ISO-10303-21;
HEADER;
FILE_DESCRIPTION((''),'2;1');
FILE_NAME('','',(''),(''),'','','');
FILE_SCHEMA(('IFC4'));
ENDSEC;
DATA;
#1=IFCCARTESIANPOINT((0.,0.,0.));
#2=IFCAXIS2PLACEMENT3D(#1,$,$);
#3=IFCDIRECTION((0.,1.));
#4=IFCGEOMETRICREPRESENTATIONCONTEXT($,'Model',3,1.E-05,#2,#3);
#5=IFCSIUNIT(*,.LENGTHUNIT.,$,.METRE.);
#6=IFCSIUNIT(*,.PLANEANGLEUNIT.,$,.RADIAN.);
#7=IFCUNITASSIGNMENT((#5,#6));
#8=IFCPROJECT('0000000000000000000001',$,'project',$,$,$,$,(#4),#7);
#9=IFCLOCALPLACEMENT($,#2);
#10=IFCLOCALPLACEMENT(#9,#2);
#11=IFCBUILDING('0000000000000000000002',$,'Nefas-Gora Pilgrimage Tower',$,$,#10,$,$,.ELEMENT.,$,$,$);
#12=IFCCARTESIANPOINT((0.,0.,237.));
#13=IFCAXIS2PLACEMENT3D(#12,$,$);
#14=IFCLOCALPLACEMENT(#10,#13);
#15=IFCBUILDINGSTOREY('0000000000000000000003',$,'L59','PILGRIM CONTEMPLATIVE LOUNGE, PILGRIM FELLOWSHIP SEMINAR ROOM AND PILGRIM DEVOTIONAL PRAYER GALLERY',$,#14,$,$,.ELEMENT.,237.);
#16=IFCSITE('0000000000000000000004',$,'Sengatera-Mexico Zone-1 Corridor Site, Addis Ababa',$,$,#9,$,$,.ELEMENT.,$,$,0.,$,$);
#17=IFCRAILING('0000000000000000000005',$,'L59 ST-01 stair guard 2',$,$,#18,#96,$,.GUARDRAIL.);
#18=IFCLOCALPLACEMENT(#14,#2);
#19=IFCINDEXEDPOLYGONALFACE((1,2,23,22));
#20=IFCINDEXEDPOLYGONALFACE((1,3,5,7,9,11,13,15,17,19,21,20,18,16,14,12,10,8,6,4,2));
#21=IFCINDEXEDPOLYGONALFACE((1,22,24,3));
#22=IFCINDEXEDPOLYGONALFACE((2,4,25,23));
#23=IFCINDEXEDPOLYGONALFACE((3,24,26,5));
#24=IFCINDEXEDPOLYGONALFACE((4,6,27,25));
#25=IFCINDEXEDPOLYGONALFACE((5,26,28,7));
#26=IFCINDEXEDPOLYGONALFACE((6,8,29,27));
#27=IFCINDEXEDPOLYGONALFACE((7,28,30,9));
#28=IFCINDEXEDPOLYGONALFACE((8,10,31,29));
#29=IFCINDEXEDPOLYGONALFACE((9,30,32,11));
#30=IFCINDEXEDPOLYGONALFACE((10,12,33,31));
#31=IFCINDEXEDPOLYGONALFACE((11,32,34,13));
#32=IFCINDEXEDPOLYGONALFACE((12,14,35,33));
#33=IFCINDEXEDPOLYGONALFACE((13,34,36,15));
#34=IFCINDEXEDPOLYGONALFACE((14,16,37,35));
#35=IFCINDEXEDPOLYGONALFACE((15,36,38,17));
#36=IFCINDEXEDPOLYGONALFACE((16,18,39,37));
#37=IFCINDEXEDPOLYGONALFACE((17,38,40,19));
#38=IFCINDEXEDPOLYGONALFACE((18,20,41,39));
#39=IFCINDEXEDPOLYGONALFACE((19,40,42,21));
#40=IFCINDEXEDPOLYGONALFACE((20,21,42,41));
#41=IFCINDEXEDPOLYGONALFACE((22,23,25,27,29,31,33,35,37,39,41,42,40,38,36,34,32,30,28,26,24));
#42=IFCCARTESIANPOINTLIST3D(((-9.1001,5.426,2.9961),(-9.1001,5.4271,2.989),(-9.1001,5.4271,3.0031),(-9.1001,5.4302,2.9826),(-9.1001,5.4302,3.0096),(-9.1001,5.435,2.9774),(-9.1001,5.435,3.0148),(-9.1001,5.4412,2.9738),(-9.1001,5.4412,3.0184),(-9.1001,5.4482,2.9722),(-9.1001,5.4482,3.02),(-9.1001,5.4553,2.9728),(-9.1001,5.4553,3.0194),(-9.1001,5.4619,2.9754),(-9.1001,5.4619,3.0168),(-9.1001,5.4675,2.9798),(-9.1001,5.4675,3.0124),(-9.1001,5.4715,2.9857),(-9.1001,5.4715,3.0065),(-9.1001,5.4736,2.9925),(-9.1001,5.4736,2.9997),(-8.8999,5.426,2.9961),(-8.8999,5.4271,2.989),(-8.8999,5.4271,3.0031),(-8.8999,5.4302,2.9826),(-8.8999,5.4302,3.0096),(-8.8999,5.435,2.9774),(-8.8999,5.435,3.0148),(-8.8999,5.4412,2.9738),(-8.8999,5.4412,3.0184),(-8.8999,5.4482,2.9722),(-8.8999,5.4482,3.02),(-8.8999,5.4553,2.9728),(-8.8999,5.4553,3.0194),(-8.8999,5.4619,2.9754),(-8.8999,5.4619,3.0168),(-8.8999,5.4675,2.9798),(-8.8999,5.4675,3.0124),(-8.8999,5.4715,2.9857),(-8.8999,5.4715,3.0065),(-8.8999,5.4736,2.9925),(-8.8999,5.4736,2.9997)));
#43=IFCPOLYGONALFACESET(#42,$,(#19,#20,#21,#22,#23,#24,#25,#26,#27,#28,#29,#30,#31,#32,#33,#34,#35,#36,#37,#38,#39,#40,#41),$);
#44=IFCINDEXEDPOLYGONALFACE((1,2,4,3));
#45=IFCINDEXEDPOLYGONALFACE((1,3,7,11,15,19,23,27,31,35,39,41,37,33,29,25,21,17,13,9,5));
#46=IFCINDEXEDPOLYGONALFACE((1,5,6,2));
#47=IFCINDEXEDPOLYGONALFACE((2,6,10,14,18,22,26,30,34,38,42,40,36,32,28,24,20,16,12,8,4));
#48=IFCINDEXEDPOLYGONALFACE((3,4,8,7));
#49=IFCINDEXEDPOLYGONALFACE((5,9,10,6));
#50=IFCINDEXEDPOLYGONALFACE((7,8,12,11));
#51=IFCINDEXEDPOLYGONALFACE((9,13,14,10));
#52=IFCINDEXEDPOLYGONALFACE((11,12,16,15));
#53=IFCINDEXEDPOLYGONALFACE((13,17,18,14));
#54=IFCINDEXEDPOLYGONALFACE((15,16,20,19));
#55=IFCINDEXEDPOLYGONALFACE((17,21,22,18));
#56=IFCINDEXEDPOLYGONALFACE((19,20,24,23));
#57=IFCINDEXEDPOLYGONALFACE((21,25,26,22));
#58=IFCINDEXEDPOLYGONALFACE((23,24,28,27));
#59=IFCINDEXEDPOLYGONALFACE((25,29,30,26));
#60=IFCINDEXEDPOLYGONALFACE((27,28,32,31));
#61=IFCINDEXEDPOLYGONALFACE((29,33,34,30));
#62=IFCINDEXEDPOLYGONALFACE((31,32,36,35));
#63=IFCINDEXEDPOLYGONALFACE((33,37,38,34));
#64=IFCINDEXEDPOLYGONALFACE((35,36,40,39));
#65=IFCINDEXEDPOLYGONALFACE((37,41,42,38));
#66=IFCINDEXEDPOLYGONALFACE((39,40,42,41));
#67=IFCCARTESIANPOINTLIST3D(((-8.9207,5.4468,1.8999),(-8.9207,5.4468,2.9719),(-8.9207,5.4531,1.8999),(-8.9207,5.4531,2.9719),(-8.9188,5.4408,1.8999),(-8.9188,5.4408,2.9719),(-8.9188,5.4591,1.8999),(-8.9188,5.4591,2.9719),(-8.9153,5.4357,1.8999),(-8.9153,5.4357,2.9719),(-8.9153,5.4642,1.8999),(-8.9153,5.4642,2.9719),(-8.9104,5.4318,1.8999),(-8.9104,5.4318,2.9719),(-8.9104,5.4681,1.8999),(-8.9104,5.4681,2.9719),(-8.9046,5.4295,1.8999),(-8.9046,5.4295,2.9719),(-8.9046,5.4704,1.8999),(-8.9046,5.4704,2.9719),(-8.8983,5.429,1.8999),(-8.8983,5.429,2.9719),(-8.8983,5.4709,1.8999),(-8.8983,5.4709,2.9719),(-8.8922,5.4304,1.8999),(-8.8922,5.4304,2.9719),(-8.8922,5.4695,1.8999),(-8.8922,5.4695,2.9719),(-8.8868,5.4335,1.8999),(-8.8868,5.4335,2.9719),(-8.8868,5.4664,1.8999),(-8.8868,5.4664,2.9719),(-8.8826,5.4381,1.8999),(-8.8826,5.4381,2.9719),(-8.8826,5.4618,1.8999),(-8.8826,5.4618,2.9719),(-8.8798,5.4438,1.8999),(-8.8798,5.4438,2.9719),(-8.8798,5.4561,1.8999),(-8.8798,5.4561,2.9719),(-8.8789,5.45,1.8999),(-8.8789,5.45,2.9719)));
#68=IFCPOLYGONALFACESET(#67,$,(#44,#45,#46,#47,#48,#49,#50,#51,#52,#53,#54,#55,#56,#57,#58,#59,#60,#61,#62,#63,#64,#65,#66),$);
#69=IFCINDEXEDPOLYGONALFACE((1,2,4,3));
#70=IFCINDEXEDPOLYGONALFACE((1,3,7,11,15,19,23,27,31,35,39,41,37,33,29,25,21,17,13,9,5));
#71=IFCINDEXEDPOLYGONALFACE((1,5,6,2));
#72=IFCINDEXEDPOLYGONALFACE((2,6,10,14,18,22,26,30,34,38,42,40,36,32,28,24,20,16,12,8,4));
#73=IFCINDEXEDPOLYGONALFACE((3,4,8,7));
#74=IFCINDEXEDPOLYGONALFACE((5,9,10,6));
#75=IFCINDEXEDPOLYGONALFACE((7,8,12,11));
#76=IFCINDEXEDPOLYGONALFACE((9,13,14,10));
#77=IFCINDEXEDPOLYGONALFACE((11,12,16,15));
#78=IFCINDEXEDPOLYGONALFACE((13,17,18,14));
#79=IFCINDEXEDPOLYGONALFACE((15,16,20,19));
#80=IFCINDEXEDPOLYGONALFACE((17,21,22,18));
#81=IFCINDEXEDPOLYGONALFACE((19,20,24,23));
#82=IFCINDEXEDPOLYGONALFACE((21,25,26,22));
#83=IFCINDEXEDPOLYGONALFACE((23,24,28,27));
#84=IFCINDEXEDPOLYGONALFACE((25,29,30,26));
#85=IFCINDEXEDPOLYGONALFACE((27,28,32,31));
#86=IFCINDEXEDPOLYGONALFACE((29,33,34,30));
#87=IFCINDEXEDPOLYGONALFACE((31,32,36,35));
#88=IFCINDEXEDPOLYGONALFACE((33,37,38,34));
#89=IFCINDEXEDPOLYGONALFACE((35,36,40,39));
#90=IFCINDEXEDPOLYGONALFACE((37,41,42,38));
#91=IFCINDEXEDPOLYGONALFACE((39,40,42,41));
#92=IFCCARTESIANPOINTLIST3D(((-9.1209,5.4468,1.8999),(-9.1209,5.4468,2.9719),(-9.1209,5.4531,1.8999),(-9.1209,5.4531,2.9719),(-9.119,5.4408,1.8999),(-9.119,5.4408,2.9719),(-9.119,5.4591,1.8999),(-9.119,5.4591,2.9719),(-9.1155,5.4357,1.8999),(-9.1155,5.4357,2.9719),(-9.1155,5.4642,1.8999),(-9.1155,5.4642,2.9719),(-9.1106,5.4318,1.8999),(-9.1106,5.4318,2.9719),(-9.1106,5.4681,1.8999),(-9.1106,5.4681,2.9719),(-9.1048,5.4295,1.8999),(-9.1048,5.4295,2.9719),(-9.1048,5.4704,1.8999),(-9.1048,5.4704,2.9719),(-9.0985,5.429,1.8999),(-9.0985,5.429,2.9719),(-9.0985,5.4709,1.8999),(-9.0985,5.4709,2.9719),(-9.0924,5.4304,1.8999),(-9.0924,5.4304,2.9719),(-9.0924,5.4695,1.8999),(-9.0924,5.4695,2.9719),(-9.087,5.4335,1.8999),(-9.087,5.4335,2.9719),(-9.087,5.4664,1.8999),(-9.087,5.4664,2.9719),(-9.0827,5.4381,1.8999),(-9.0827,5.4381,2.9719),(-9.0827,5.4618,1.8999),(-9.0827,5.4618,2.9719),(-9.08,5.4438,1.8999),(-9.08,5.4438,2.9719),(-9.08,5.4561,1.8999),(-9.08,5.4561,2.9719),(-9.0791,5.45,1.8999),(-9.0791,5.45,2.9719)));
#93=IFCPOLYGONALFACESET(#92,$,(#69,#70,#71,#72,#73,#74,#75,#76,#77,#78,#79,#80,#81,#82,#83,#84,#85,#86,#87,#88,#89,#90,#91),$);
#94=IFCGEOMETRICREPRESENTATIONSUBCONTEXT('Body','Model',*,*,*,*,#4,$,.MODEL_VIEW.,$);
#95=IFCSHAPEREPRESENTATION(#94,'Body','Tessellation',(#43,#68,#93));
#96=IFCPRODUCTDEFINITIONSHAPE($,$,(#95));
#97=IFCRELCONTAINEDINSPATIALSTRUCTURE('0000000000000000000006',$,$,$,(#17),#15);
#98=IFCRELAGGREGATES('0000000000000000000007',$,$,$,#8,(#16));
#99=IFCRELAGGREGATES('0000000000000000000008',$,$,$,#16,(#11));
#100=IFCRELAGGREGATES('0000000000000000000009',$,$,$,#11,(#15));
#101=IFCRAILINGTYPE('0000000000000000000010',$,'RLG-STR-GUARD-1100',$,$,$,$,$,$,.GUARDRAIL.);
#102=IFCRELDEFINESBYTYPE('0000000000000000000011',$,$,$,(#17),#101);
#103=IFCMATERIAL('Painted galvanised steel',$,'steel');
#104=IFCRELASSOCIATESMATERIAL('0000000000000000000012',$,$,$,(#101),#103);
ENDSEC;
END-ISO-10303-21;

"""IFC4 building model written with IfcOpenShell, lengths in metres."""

from ifc_helpers import new_model, si_unit, direction, frame, origin, origin_2d, place, context, subcontext, project, spatial, circle, extrude, material, type_object, element, save


model = new_model("IFC4")

# Units and contexts
model_context = context("Model", 3, precision=1e-05, world=origin(), true_north=direction((0.0, 1.0)))
body_context = subcontext(model_context, "Body", "Model", "MODEL_VIEW")
ifc_project = project(units=[si_unit("LENGTHUNIT", "METRE"), si_unit("PLANEANGLEUNIT", "RADIAN")], contexts=[model_context])

# Site, building, storey
site_placement = place(None, origin())
site = spatial("IfcSite", under=ifc_project, at=site_placement, Name="Sengatera-Mexico Zone-1 Corridor Site, Addis Ababa", CompositionType="ELEMENT", RefElevation=0.0)
building_placement = place(site_placement, origin())
building = spatial("IfcBuilding", under=site, at=building_placement, Name="Nefas-Gora Pilgrimage Tower", CompositionType="ELEMENT")
storey_placement = place(building_placement, frame((0.0, 0.0, 237.0)))
storey = spatial("IfcBuildingStorey", under=building, at=storey_placement, Name="L59", Description="PILGRIM CONTEMPLATIVE LOUNGE, PILGRIM FELLOWSHIP SEMINAR ROOM AND PILGRIM DEVOTIONAL PRAYER GALLERY", CompositionType="ELEMENT", Elevation=237.0)

# Railing
ifc_material_1 = material(Name="Painted galvanised steel", Category="steel")
railing_type_1 = type_object("IfcRailingType", Name="RLG-STR-GUARD-1100", PredefinedType="GUARDRAIL", material=ifc_material_1)
railing_1_placement = place(storey_placement, frame((-8.8999, 5.45, 1.8999)))
element("IfcRailing", 1, at=railing_1_placement, inside=storey, type_object=railing_type_1, Name="L59 ST-01 stair guard 2", PredefinedType="GUARDRAIL", context=body_context, shape_type="SweptSolid", body=[
    extrude(circle(Radius=0.0239, at=origin_2d()), frame((0.0, 0.0, 1.0962), z_axis=(-1.0, 0.0, 0.0), x_axis=(0.0, -1.0, 0.0)), (0.0, 0.0, 1.0), 0.2002),
    extrude(circle(Radius=0.021, at=origin_2d()), origin(), (0.0, 0.0, 1.0), 1.072),
    extrude(circle(Radius=0.021, at=origin_2d()), frame((-0.2002, 0.0, 0.0)), (0.0, 0.0, 1.0), 1.072),
])

save(model, "model.ifc")
